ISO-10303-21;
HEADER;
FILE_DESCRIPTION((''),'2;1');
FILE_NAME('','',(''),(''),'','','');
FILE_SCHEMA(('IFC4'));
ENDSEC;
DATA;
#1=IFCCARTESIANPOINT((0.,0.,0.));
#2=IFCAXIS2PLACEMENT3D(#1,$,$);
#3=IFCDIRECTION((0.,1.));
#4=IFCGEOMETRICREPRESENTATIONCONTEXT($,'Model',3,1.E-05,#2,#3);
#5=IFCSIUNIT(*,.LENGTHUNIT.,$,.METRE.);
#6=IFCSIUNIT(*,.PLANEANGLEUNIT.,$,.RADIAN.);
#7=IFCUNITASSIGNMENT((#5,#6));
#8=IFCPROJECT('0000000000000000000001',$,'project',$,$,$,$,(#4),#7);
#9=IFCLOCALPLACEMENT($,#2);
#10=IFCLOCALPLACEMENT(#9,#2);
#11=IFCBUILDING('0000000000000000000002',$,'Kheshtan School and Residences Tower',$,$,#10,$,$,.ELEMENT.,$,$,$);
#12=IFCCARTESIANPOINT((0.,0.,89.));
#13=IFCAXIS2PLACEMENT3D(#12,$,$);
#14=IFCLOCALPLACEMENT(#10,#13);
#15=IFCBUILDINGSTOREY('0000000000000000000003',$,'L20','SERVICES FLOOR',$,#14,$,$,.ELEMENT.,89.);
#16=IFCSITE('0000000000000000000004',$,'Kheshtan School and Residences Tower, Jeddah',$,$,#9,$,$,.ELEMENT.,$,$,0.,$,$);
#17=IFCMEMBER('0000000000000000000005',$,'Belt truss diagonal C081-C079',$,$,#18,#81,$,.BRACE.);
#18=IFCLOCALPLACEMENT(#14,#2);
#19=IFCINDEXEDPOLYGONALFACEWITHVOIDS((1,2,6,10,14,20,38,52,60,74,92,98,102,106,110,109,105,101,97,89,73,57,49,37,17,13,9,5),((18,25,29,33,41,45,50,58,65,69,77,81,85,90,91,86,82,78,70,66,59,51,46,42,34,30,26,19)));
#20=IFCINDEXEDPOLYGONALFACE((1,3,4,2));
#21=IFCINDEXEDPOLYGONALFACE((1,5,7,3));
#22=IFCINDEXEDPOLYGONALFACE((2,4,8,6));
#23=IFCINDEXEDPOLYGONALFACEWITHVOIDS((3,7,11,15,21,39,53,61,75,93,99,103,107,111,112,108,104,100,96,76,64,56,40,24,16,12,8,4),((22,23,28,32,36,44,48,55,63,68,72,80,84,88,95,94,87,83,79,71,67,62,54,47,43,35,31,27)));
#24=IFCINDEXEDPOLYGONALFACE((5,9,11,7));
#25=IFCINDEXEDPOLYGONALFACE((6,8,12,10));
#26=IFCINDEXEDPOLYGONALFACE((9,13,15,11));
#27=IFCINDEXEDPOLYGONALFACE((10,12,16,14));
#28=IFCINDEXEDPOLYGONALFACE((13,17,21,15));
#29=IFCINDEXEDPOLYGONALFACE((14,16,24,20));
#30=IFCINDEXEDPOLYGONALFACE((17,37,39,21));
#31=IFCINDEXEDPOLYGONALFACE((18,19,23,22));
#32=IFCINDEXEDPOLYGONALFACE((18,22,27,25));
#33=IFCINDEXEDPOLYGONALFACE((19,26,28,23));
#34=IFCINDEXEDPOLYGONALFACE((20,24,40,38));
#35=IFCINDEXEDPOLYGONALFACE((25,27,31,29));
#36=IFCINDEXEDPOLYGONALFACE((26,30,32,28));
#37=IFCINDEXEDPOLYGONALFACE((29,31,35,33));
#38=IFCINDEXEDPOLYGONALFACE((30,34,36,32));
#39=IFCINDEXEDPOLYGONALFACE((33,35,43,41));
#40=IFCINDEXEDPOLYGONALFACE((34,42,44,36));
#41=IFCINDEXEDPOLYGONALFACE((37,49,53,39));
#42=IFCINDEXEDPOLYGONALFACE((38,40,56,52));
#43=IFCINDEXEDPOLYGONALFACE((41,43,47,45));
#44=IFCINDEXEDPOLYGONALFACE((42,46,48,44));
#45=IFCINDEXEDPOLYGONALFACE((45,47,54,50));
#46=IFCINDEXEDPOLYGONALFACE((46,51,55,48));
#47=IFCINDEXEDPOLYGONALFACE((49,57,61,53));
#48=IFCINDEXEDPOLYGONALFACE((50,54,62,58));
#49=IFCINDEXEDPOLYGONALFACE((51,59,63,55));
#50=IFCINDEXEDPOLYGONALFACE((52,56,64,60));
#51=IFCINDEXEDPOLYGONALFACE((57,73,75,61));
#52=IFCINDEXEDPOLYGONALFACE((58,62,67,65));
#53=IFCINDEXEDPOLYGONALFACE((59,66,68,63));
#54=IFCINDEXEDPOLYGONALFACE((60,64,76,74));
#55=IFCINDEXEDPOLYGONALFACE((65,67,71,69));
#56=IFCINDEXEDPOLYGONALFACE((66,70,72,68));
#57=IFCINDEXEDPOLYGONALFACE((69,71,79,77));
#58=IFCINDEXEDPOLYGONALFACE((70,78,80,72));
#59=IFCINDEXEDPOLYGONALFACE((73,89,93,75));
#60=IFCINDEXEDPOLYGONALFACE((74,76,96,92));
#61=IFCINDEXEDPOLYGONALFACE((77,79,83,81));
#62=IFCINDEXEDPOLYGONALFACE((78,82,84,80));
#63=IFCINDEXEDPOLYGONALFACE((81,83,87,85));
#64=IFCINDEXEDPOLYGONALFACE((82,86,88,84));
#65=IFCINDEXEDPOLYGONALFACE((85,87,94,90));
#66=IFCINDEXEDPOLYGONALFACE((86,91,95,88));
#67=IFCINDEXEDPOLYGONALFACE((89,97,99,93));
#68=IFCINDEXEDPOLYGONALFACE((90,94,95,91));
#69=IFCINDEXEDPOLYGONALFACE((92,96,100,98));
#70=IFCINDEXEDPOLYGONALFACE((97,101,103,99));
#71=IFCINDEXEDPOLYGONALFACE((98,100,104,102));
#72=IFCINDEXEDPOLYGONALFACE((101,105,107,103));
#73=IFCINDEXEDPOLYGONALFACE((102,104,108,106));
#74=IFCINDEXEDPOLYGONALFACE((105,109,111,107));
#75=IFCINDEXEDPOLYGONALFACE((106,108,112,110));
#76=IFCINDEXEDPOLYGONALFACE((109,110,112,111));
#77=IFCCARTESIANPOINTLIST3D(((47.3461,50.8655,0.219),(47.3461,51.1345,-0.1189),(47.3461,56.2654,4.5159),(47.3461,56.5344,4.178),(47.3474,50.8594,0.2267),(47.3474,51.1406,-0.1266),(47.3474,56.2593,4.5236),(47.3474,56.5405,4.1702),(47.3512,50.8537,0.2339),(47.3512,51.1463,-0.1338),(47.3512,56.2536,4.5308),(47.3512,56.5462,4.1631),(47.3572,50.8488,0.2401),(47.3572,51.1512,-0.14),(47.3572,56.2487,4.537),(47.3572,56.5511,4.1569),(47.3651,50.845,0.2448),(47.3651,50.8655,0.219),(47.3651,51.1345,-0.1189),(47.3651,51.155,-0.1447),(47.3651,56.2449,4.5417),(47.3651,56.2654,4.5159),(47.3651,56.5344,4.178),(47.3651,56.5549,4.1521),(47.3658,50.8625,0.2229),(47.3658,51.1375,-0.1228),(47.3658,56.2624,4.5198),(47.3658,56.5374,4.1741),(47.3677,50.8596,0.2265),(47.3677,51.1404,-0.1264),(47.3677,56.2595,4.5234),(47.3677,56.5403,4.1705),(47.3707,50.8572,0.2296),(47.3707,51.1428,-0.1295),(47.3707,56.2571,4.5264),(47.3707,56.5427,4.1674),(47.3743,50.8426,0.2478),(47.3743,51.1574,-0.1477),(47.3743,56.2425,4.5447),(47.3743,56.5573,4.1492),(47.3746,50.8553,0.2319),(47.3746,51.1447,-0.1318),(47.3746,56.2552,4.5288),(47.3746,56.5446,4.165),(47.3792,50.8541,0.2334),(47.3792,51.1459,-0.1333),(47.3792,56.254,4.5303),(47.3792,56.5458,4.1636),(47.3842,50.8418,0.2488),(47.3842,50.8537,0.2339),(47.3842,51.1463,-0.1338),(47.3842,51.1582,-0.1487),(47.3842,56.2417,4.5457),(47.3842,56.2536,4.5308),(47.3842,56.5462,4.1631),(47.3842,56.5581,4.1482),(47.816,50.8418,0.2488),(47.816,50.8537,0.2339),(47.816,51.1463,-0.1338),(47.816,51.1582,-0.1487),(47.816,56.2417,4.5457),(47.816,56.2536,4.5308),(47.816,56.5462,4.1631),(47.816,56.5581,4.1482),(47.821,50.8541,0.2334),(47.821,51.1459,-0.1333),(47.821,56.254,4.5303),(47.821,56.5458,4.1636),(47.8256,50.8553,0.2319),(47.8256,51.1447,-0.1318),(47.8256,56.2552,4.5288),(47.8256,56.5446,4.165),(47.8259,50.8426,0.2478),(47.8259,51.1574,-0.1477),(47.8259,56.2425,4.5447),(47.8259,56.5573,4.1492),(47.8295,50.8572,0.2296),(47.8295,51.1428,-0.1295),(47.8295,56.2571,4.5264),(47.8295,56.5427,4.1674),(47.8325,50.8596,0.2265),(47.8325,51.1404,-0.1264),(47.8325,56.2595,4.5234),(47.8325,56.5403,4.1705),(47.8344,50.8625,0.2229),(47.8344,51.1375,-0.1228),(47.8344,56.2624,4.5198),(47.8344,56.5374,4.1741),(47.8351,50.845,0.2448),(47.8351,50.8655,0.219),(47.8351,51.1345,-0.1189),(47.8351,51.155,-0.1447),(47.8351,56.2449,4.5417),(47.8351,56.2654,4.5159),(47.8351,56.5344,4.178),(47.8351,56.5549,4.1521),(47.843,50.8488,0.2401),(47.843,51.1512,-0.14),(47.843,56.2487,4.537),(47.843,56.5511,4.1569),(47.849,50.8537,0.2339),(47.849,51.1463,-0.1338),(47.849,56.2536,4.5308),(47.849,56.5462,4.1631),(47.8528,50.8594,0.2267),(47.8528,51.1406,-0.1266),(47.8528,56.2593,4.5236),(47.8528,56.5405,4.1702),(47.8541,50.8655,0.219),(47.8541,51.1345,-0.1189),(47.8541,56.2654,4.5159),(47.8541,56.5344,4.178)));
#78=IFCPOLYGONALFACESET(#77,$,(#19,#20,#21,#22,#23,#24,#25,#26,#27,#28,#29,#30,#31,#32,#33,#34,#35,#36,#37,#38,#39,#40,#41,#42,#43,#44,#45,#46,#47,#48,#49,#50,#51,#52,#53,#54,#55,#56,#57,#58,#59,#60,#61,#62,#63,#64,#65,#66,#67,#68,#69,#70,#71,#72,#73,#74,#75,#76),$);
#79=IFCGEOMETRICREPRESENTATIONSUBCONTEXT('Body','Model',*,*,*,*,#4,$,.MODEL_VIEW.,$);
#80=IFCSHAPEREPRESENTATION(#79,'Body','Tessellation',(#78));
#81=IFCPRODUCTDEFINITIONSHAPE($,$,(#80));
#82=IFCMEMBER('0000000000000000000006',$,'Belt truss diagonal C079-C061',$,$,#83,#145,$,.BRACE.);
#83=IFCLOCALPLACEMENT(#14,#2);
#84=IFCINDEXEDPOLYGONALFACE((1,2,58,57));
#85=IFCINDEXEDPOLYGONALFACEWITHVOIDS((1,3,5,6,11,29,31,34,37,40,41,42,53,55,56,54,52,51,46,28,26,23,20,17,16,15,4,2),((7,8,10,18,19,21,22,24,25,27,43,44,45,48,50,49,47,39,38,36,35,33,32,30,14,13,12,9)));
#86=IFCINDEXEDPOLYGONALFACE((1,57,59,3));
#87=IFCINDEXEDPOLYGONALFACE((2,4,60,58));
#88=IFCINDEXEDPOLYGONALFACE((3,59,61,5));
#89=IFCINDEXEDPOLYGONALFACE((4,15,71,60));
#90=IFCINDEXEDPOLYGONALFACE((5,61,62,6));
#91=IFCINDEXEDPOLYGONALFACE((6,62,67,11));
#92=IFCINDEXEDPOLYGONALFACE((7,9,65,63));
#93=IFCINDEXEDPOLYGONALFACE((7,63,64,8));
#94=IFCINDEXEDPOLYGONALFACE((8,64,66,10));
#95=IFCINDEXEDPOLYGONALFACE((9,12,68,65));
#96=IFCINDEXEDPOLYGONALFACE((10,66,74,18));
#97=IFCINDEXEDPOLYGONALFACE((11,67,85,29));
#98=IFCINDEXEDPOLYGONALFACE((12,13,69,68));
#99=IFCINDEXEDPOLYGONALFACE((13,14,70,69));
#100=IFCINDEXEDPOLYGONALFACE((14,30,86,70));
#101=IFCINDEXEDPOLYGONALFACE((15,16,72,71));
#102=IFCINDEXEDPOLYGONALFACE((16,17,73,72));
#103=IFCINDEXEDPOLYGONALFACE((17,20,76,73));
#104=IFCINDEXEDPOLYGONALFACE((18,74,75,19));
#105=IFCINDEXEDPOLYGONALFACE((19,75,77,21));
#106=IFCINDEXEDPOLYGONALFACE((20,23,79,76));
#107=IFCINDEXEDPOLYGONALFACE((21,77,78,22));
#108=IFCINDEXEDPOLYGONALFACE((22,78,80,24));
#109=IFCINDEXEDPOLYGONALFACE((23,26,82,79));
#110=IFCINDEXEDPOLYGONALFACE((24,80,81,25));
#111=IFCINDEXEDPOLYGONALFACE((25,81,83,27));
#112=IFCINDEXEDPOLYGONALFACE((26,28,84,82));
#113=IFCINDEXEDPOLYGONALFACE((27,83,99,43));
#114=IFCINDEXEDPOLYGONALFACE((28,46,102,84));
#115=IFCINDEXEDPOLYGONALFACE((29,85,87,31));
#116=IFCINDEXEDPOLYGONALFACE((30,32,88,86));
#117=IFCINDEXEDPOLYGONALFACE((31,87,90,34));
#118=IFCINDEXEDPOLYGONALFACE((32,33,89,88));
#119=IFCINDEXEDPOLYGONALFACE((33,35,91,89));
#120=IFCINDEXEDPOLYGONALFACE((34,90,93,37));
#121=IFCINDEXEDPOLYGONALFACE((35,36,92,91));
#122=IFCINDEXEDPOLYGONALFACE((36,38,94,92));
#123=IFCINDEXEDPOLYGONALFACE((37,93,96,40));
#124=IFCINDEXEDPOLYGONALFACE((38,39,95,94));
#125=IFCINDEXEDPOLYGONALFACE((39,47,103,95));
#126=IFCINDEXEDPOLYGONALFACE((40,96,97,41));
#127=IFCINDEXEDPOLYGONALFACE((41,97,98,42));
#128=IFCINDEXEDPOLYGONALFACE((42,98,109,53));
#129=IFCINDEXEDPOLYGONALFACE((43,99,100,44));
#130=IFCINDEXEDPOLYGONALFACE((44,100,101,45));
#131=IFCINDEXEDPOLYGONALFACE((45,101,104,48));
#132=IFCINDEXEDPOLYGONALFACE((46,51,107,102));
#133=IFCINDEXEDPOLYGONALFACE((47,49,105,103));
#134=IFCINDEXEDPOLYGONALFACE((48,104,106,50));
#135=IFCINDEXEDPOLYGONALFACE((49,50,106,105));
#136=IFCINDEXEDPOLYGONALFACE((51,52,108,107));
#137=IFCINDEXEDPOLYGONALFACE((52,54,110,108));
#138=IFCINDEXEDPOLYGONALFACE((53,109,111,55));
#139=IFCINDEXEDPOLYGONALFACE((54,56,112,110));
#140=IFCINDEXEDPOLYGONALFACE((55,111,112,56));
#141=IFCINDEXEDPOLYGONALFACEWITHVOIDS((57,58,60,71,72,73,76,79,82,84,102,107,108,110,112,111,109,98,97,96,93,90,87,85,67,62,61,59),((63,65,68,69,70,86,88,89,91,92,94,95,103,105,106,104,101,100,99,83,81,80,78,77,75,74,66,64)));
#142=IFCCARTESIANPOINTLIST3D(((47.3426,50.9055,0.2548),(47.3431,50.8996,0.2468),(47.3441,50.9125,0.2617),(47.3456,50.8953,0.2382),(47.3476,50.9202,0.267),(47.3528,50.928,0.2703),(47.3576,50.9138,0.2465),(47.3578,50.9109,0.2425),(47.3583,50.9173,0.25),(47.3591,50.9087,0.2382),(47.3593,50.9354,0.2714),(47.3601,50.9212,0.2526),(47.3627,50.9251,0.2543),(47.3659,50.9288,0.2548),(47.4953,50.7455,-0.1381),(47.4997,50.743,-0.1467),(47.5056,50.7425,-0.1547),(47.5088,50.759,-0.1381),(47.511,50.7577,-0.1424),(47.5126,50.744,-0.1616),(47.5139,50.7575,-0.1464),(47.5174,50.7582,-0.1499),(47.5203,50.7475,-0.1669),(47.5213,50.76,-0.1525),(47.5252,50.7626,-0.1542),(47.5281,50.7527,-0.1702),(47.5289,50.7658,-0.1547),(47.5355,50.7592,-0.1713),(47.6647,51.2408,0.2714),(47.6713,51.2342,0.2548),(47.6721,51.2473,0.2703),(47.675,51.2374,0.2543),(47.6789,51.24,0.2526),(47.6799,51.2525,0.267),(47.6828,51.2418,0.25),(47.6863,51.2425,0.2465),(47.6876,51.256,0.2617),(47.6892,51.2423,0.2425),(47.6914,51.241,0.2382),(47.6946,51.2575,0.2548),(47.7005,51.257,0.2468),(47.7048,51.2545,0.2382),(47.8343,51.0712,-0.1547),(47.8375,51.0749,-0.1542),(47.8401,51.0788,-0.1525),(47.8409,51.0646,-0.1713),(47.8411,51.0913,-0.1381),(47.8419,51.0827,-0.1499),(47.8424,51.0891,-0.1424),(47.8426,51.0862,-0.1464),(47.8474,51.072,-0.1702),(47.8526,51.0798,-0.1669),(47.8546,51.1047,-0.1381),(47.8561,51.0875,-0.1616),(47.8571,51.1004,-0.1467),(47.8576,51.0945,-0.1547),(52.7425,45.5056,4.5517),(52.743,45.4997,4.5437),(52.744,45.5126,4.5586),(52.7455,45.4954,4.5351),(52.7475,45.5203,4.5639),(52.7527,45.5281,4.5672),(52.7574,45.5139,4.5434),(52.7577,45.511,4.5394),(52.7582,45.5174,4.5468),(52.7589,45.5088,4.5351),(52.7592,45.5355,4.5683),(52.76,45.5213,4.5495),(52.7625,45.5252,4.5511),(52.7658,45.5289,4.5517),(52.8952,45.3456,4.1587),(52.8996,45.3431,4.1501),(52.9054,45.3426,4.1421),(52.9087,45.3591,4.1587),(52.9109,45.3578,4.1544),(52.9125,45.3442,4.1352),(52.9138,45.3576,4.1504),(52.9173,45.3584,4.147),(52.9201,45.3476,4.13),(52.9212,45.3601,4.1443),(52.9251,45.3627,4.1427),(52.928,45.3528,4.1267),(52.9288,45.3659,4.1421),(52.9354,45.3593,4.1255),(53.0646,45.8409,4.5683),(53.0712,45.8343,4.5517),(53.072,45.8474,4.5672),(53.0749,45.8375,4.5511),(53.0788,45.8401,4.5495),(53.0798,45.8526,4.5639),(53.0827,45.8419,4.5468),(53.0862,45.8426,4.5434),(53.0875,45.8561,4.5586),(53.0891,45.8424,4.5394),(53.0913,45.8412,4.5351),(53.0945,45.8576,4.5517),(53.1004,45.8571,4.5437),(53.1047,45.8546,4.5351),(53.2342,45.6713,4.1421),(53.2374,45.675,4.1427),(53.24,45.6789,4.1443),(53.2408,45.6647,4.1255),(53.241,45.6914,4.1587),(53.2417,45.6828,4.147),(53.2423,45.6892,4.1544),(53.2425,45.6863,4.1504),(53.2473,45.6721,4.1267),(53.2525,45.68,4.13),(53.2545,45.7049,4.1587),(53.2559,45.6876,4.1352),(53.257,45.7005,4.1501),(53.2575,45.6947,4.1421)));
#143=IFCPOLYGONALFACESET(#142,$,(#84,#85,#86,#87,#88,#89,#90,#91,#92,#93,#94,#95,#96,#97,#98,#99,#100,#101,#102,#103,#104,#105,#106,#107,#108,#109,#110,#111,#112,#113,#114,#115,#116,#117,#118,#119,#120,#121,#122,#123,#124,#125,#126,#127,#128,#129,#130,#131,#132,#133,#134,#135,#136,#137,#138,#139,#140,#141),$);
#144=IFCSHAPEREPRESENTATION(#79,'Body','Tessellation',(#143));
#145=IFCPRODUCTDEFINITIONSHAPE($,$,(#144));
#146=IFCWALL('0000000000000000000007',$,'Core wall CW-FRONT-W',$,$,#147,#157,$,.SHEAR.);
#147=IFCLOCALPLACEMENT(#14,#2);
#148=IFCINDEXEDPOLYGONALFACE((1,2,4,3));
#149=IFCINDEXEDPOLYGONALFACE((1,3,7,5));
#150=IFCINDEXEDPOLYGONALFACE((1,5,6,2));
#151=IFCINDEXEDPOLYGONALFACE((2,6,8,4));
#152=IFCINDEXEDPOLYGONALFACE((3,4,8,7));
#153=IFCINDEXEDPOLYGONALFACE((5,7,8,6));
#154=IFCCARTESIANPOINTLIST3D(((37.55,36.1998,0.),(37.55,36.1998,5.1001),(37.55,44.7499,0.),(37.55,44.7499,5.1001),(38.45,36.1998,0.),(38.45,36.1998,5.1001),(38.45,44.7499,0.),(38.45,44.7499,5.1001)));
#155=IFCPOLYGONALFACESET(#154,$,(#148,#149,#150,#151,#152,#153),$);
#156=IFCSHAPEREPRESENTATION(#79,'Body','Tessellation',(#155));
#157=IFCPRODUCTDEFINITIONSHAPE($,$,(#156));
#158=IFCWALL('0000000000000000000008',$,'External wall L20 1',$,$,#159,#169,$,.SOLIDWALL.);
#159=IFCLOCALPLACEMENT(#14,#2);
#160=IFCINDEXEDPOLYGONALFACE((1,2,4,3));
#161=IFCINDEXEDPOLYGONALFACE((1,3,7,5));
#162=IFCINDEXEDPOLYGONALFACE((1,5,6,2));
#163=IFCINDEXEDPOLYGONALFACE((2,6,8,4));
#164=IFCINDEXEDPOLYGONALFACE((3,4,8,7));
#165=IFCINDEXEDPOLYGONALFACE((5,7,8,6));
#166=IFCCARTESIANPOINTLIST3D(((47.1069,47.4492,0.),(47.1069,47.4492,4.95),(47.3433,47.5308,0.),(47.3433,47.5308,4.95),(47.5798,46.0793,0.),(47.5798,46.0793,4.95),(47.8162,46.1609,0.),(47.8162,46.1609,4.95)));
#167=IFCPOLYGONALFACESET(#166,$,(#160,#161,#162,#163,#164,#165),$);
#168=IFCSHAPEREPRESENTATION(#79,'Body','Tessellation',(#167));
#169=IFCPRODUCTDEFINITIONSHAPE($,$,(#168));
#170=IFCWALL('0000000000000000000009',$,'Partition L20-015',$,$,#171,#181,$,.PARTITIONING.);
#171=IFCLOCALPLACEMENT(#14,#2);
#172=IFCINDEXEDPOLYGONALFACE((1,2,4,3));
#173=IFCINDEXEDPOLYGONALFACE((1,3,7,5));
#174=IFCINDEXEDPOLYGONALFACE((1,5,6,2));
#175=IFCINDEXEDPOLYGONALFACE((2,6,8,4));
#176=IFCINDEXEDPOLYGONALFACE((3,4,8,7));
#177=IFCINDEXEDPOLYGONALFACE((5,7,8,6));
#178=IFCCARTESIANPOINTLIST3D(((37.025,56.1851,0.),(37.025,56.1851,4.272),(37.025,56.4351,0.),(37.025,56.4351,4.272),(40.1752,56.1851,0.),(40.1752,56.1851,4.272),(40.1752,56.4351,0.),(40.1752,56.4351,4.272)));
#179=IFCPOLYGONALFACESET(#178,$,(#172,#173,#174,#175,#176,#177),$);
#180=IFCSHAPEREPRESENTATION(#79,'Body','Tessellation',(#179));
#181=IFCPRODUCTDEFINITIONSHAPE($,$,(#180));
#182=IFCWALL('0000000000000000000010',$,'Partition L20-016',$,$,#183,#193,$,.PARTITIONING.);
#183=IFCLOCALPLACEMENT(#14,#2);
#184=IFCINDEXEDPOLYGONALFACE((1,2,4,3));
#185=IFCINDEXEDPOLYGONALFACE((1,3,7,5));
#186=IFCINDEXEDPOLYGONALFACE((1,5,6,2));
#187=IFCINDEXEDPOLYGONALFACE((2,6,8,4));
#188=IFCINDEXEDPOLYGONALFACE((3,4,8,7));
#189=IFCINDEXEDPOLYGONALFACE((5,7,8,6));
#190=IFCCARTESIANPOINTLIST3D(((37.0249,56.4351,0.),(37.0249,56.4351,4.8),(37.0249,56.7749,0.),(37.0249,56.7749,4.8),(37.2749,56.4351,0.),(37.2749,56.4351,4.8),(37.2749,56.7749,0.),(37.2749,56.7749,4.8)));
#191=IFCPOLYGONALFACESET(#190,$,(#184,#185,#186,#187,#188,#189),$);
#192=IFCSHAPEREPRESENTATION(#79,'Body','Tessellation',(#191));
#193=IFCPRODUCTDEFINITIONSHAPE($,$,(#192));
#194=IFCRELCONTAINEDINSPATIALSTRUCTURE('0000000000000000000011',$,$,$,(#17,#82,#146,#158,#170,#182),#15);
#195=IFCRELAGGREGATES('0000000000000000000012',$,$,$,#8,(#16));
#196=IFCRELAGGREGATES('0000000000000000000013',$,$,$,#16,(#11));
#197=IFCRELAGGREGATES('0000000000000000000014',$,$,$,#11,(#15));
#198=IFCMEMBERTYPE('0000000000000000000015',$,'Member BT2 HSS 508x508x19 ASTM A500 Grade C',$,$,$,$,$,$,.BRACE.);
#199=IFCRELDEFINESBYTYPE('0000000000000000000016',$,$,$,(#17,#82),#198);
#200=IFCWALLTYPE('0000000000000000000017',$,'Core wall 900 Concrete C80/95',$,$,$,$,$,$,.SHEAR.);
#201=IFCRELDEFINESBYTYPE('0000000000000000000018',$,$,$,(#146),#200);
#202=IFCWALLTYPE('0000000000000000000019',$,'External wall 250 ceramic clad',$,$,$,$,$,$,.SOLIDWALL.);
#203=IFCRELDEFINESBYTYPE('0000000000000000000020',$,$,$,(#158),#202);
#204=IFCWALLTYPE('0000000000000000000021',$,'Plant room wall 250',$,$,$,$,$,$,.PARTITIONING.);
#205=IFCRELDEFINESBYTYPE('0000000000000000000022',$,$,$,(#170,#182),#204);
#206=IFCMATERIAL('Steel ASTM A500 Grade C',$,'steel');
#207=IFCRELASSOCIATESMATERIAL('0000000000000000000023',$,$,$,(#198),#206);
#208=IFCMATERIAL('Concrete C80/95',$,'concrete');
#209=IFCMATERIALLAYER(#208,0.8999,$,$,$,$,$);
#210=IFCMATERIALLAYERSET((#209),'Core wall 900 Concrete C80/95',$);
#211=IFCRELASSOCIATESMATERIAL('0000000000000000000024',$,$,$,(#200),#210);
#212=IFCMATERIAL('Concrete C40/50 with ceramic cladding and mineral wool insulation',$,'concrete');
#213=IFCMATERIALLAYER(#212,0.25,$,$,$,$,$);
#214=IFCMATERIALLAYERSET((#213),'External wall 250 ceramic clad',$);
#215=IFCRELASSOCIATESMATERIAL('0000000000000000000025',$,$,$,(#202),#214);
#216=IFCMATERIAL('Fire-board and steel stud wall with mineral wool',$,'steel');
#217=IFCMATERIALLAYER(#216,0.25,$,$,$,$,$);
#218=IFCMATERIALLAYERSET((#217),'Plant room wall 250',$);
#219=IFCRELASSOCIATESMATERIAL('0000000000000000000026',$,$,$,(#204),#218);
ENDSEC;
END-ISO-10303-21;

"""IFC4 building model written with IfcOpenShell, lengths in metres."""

from ifc_helpers import new_model, si_unit, direction, frame, frame_2d, origin, origin_2d, place, context, subcontext, project, spatial, rectangle, hollow_rectangle, extrude, material, layer, layer_set, material_profile, profile_set, type_object, element, save


model = new_model("IFC4")

# Units and contexts
model_context = context("Model", 3, precision=1e-05, world=origin(), true_north=direction((0.0, 1.0)))
body_context = subcontext(model_context, "Body", "Model", "MODEL_VIEW")
ifc_project = project(units=[si_unit("LENGTHUNIT", "METRE"), si_unit("PLANEANGLEUNIT", "RADIAN")], contexts=[model_context])

# Site, building, storey
site_placement = place(None, origin())
site = spatial("IfcSite", under=ifc_project, at=site_placement, Name="Kheshtan School and Residences Tower, Jeddah", CompositionType="ELEMENT", RefElevation=0.0)
building_placement = place(site_placement, origin())
building = spatial("IfcBuilding", under=site, at=building_placement, Name="Kheshtan School and Residences Tower", CompositionType="ELEMENT")
storey_placement = place(building_placement, frame((0.0, 0.0, 89.0)))
storey = spatial("IfcBuildingStorey", under=building, at=storey_placement, Name="L20", Description="SERVICES FLOOR", CompositionType="ELEMENT", Elevation=89.0)

# Shared definitions
ifc_material_1 = material(Name="Steel ASTM A500 Grade C", Category="steel")

# Members
ifc_material_profile_1 = material_profile(ifc_material_1, hollow_rectangle(XDim=0.5081, YDim=0.5081, WallThickness=0.019, InnerFilletRadius=0.019, OuterFilletRadius=0.0381, at=origin_2d()), Name="HSS 508x508x19")
ifc_profile_set_1 = profile_set([ifc_material_profile_1], Name="Steel ASTM A500 Grade C")
member_type = type_object("IfcMemberType", Name="Member BT2 HSS 508x508x19 ASTM A500 Grade C", PredefinedType="BRACE", material=ifc_profile_set_1)
member_1_placement = place(storey_placement, frame((47.6001, 51.0, 0.05), z_axis=(0.0, 0.782495, 0.622657), x_axis=(-1.0, 0.0, 0.0)))
element("IfcMember", 1, at=member_1_placement, inside=storey, type_object=member_type, Name="Belt truss diagonal C081-C079", PredefinedType="BRACE", context=body_context, shape_type="SweptSolid", body=[
    extrude(hollow_rectangle(XDim=0.5081, YDim=0.5081, WallThickness=0.019, InnerFilletRadius=0.019, OuterFilletRadius=0.0381, at=origin_2d()), origin(), (0.0, 0.0, 1.0), 6.9009),
])
member_2_placement = place(storey_placement, frame((47.6001, 51.0, 0.05), z_axis=(0.616253, -0.616253, 0.490372), x_axis=(0.707107, 0.707107, 0.0)))
element("IfcMember", 2, at=member_2_placement, inside=storey, type_object=member_type, Name="Belt truss diagonal C079-C061", PredefinedType="BRACE", context=body_context, shape_type="SweptSolid", body=[
    extrude(hollow_rectangle(XDim=0.5081, YDim=0.5081, WallThickness=0.019, InnerFilletRadius=0.019, OuterFilletRadius=0.0381, at=origin_2d()), origin(), (0.0, 0.0, 1.0), 8.7625),
])

# Walls
ifc_material_2 = material(Name="Concrete C80/95", Category="concrete")
ifc_layer_1 = layer(ifc_material_2, 0.8999)
ifc_layer_set_1 = layer_set([ifc_layer_1], Name="Core wall 900 Concrete C80/95")
wall_type_1 = type_object("IfcWallType", Name="Core wall 900 Concrete C80/95", PredefinedType="SHEAR", material=ifc_layer_set_1)
wall_1_placement = place(storey_placement, frame((38.0, 36.2, 0.0), z_axis=(0.0, 0.0, 1.0), x_axis=(0.0, 1.0, 0.0)))
element("IfcWall", 3, at=wall_1_placement, inside=storey, type_object=wall_type_1, Name="Core wall CW-FRONT-W", PredefinedType="SHEAR", context=body_context, shape_type="SweptSolid", body=[
    extrude(rectangle(XDim=8.55, YDim=0.8999, at=frame_2d((4.2749, 0.0))), origin(), (0.0, 0.0, 1.0), 5.1001),
])
ifc_material_3 = material(Name="Concrete C40/50 with ceramic cladding and mineral wool insulation", Category="concrete")
ifc_layer_2 = layer(ifc_material_3, 0.25)
ifc_layer_set_2 = layer_set([ifc_layer_2], Name="External wall 250 ceramic clad")
wall_type_2 = type_object("IfcWallType", Name="External wall 250 ceramic clad", PredefinedType="SOLIDWALL", material=ifc_layer_set_2)
wall_2_placement = place(storey_placement, frame((47.2251, 47.49, 0.0), z_axis=(0.0, 0.0, 1.0), x_axis=(0.326318, -0.94526, 0.0)))
element("IfcWall", 4, at=wall_2_placement, inside=storey, type_object=wall_type_2, Name="External wall L20 1", PredefinedType="SOLIDWALL", context=body_context, shape_type="SweptSolid", body=[
    extrude(rectangle(XDim=1.4492, YDim=0.25, at=frame_2d((0.7246, 0.0))), origin(), (0.0, 0.0, 1.0), 4.95),
])
ifc_material_4 = material(Name="Fire-board and steel stud wall with mineral wool", Category="steel")
ifc_layer_3 = layer(ifc_material_4, 0.25)
ifc_layer_set_3 = layer_set([ifc_layer_3], Name="Plant room wall 250")
wall_type_3 = type_object("IfcWallType", Name="Plant room wall 250", PredefinedType="PARTITIONING", material=ifc_layer_set_3)
wall_3_placement = place(storey_placement, frame((37.0249, 56.3101, 0.0), z_axis=(0.0, 0.0, 1.0), x_axis=(1.0, 0.0, 0.0)))
element("IfcWall", 5, at=wall_3_placement, inside=storey, type_object=wall_type_3, Name="Partition L20-015", PredefinedType="PARTITIONING", context=body_context, shape_type="SweptSolid", body=[
    extrude(rectangle(XDim=3.1501, YDim=0.25, at=frame_2d((1.5752, 0.0))), origin(), (0.0, 0.0, 1.0), 4.272),
])
wall_4_placement = place(storey_placement, frame((37.1499, 56.4351, 0.0), z_axis=(0.0, 0.0, 1.0), x_axis=(0.0, 1.0, 0.0)))
element("IfcWall", 6, at=wall_4_placement, inside=storey, type_object=wall_type_3, Name="Partition L20-016", PredefinedType="PARTITIONING", context=body_context, shape_type="SweptSolid", body=[
    extrude(rectangle(XDim=0.3398, YDim=0.25, at=frame_2d((0.1699, 0.0))), origin(), (0.0, 0.0, 1.0), 4.8),
])

save(model, "model.ifc")
